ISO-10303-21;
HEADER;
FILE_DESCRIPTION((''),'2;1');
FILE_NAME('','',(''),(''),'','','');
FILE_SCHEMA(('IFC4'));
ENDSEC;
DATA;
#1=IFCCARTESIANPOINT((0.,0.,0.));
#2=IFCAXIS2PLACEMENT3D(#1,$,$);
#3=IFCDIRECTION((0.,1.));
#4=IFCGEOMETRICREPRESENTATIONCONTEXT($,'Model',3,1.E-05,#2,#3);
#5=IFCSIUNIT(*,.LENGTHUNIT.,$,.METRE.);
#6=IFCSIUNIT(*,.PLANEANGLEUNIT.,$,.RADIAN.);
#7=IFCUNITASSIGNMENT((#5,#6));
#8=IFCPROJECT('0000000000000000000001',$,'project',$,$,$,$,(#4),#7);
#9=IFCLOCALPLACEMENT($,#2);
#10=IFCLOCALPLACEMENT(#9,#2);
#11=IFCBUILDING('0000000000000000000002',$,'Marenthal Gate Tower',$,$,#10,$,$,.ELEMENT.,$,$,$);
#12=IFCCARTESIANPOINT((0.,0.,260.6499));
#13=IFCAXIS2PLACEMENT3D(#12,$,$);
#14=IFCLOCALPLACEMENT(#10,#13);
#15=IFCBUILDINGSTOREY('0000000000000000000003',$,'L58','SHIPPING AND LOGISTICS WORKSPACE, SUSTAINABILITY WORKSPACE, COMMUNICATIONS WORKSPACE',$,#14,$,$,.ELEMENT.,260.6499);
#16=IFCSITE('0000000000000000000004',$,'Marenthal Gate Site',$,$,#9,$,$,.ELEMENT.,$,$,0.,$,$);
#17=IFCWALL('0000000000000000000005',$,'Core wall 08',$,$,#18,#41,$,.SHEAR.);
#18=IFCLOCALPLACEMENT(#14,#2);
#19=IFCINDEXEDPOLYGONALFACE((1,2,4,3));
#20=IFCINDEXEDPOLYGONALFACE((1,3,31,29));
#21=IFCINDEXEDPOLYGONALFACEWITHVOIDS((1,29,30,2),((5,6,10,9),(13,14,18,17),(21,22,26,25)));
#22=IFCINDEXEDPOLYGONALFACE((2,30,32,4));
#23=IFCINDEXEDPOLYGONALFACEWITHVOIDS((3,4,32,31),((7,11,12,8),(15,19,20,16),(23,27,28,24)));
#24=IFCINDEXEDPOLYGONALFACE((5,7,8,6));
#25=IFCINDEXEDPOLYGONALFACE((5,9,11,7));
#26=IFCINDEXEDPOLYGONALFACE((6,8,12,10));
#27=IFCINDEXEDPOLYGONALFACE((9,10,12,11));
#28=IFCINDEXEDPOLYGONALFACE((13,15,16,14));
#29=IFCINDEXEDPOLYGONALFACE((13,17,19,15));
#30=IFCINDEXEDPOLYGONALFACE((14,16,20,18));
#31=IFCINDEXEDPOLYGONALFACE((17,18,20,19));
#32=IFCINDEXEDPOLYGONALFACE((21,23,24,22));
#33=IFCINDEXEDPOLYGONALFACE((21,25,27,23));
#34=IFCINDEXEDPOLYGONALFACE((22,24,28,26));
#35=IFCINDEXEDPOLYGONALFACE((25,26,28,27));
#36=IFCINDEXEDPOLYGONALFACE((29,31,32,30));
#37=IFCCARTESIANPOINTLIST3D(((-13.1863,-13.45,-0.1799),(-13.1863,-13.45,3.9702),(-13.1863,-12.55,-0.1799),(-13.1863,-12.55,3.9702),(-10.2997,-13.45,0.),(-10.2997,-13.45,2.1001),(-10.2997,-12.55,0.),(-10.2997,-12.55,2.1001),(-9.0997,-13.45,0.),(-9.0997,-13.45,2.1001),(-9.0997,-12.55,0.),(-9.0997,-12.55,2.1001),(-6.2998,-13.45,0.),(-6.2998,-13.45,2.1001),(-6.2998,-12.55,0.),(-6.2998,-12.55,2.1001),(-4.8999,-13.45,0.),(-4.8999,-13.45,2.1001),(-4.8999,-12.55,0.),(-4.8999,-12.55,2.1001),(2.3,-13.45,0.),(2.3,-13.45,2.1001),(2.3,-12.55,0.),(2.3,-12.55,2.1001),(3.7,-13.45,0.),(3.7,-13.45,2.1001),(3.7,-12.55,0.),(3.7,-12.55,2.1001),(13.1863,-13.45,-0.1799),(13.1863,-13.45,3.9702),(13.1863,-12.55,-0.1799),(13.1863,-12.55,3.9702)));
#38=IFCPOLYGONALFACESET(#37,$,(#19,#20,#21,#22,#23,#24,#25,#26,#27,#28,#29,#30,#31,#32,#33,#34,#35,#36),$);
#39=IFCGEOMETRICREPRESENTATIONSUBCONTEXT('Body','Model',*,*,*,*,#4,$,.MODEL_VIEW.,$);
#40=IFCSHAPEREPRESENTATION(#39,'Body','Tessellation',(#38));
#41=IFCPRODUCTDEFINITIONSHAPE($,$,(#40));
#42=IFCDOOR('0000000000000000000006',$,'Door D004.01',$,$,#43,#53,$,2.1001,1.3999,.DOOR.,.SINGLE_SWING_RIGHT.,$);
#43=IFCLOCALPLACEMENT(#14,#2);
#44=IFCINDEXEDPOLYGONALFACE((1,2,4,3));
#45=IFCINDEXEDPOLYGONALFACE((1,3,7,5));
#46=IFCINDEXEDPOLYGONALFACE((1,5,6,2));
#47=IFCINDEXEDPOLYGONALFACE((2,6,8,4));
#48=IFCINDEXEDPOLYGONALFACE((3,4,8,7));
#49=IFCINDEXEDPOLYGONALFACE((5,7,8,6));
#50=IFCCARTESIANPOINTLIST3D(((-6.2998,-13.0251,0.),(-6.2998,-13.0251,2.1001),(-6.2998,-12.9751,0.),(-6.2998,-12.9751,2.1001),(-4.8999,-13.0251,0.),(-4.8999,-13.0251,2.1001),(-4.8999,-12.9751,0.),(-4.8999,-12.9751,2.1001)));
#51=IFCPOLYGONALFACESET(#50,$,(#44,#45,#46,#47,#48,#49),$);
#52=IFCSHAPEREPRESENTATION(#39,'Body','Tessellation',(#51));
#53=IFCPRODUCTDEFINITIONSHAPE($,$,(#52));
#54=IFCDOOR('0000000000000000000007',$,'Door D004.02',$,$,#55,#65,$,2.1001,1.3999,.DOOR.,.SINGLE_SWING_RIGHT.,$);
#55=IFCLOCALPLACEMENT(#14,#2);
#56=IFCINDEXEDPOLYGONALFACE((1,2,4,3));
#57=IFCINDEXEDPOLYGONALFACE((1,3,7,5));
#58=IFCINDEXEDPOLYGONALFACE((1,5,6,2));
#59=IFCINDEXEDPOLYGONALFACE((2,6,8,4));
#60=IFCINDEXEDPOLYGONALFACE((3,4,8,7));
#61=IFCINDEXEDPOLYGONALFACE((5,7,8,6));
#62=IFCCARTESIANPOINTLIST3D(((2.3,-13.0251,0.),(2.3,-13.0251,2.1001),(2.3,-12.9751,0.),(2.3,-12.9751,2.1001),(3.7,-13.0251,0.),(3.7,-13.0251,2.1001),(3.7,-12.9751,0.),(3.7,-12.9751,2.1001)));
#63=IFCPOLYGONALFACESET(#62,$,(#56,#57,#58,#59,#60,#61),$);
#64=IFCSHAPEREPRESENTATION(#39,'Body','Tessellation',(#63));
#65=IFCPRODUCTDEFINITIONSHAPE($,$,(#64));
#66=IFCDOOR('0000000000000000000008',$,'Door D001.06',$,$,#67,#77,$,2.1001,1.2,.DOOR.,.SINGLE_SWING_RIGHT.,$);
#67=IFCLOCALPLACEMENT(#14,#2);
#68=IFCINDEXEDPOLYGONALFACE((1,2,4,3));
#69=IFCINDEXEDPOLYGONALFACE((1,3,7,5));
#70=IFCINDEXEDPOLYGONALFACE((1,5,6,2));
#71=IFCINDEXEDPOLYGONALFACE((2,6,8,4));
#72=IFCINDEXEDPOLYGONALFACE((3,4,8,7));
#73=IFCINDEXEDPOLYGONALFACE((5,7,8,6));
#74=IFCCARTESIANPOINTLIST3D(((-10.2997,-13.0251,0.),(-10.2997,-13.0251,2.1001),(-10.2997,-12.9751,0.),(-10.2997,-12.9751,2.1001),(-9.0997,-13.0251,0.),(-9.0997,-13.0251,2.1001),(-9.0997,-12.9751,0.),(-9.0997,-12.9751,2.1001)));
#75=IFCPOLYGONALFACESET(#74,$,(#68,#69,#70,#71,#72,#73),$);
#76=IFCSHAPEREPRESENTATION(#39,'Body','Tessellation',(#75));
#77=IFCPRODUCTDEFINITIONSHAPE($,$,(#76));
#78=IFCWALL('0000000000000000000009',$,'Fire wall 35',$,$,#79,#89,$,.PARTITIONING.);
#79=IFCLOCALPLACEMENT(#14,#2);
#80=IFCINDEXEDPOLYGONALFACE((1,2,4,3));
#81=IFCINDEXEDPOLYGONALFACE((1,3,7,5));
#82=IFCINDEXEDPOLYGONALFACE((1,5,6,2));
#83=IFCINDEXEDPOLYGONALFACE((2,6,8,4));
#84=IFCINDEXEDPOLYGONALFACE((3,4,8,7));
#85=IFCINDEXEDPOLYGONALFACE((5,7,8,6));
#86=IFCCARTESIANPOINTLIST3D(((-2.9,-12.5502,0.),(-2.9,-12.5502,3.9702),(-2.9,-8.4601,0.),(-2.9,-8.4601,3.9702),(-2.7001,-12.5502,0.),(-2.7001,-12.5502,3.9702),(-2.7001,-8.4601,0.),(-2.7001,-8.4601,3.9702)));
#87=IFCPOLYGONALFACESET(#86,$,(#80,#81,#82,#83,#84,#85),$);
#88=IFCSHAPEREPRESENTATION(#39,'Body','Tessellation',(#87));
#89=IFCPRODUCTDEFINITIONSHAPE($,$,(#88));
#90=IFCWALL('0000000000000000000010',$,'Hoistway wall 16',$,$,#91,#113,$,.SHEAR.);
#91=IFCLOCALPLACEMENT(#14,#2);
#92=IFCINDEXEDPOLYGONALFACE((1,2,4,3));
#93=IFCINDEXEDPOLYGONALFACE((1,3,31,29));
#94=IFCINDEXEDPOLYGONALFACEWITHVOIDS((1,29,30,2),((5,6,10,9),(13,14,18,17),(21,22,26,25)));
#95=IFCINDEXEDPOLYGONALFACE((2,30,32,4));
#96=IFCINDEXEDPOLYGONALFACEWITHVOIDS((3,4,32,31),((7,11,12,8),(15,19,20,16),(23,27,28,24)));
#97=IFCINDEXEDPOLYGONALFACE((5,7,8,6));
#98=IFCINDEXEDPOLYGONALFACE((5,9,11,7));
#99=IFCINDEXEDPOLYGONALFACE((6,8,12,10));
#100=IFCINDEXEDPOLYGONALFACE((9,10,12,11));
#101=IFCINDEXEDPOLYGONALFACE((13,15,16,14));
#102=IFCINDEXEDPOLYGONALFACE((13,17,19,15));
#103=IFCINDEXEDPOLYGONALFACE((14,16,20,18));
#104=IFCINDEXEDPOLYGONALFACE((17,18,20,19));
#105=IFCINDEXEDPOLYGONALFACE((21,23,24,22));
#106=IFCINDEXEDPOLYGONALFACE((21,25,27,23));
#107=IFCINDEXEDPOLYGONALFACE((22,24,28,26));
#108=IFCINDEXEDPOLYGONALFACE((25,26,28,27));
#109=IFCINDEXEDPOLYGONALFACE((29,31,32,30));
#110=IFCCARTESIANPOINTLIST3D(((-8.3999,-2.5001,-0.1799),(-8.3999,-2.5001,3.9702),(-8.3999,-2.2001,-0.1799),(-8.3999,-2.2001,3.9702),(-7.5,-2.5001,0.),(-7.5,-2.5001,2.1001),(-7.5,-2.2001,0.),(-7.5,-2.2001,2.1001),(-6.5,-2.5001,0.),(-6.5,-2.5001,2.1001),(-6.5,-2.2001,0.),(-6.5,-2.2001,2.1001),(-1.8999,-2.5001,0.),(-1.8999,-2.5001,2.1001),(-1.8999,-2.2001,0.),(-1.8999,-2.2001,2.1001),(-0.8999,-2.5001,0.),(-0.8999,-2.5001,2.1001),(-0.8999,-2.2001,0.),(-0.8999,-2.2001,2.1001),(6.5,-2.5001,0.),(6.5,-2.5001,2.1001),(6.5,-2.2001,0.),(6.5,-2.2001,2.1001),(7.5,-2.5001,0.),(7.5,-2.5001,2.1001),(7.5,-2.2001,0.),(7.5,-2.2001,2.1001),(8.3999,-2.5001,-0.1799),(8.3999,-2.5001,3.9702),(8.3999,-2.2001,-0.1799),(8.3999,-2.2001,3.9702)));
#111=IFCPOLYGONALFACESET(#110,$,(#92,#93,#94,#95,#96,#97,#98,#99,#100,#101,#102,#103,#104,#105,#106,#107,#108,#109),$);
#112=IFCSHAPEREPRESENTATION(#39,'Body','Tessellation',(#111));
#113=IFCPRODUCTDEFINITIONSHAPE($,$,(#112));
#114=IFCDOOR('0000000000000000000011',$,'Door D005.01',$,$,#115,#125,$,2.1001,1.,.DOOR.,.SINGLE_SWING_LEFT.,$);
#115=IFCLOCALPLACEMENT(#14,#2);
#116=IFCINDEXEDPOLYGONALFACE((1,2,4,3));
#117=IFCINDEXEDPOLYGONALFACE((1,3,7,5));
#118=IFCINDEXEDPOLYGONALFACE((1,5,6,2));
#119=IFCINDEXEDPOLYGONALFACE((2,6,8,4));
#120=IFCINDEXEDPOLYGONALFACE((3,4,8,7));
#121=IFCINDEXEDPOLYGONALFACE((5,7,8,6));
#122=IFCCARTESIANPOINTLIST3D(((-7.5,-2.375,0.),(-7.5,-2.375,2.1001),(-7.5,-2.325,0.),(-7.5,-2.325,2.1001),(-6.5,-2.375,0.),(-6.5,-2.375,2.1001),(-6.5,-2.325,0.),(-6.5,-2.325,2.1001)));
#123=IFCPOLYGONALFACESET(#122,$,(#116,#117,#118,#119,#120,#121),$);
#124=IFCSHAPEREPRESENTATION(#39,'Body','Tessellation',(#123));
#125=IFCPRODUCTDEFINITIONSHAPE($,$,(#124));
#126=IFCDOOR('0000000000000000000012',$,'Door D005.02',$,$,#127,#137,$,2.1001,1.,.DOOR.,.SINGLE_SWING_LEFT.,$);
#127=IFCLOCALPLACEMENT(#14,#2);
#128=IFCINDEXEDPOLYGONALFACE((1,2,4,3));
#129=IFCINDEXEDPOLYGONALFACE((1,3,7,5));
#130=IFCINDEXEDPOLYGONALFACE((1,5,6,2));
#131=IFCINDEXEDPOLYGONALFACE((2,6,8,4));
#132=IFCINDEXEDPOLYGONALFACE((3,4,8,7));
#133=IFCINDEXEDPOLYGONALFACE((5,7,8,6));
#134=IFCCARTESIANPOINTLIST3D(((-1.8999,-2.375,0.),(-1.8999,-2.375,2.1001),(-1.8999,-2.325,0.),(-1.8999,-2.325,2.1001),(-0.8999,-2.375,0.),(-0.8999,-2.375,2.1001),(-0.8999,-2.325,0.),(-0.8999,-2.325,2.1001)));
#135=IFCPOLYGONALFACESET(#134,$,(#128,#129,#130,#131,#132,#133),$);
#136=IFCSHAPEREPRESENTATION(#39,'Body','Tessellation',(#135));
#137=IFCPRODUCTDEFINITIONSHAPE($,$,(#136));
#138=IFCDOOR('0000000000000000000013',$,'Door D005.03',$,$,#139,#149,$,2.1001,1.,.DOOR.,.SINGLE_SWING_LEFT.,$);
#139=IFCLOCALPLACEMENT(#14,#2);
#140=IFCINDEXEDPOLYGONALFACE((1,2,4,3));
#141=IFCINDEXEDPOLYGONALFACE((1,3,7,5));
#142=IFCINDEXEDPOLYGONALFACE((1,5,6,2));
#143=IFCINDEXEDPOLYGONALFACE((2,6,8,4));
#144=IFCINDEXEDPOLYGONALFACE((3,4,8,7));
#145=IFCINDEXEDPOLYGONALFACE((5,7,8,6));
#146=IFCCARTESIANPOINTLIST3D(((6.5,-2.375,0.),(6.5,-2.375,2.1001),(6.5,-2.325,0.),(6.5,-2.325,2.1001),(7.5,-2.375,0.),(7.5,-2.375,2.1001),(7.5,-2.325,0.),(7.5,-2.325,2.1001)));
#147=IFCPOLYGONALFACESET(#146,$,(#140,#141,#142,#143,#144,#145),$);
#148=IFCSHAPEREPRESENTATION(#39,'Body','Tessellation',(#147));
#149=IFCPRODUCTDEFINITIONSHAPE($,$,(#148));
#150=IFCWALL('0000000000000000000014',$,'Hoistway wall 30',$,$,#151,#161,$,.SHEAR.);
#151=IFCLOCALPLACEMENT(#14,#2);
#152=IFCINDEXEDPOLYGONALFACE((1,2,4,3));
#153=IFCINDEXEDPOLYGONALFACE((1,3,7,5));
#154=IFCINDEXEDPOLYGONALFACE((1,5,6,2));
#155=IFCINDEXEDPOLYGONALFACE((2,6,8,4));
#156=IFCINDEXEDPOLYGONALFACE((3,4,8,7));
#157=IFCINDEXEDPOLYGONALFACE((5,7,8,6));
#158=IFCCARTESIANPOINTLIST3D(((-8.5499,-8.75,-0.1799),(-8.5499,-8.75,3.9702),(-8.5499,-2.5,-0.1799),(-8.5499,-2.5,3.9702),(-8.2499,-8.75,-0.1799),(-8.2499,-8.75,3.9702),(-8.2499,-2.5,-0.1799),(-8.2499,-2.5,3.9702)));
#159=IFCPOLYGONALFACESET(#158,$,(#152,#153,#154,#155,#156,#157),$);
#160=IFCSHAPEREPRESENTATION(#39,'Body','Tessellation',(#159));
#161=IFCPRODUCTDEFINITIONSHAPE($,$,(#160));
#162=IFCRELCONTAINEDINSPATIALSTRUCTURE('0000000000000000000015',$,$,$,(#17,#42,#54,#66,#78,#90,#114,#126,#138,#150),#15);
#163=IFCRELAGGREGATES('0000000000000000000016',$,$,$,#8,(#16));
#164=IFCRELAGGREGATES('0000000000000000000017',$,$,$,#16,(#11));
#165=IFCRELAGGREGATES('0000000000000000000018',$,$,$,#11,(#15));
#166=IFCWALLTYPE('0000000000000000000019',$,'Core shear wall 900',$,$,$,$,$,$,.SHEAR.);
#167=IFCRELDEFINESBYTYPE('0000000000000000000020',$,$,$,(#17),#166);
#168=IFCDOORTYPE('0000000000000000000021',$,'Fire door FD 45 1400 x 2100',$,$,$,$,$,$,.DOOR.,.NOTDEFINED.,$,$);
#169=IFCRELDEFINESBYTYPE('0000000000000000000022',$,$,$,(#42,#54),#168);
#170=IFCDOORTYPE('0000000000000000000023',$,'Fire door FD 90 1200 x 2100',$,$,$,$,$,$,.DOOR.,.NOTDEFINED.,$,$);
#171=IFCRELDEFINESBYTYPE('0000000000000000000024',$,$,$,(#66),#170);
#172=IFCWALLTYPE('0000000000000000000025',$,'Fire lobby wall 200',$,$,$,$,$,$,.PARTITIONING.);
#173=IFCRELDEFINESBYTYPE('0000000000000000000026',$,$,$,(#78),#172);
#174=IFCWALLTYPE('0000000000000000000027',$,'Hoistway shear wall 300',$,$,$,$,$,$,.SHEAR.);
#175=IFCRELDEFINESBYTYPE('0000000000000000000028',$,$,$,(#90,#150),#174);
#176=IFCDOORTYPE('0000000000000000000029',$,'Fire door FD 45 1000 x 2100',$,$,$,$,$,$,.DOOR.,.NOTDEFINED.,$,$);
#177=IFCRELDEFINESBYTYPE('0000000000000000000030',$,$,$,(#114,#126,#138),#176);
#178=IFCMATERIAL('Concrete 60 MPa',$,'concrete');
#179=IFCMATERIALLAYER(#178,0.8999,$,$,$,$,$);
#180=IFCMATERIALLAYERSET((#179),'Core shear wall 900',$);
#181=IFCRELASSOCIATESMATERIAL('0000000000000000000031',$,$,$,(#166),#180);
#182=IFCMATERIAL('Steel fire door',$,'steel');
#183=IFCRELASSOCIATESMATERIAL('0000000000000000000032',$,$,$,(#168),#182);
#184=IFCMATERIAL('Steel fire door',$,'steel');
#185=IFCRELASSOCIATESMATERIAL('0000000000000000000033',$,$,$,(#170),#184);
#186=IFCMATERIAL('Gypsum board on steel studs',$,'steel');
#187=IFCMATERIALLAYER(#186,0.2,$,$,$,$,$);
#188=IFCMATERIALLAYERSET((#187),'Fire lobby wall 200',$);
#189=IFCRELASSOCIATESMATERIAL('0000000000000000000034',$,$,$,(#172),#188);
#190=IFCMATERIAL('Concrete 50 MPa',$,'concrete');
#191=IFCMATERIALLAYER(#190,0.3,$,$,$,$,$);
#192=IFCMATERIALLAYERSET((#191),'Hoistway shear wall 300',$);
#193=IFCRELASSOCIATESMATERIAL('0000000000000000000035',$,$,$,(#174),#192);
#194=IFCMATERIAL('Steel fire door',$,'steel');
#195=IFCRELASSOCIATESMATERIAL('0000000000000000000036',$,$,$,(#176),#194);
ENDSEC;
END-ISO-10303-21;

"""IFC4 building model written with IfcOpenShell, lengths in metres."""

from ifc_helpers import new_model, si_unit, direction, frame, frame_2d, origin, place, context, subcontext, project, spatial, rectangle, extrude, material, layer, layer_set, type_object, element, fill, save


model = new_model("IFC4")

# Units and contexts
model_context = context("Model", 3, precision=1e-05, world=origin(), true_north=direction((0.0, 1.0)))
body_context = subcontext(model_context, "Body", "Model", "MODEL_VIEW")
ifc_project = project(units=[si_unit("LENGTHUNIT", "METRE"), si_unit("PLANEANGLEUNIT", "RADIAN")], contexts=[model_context])

# Site, building, storey
site_placement = place(None, origin())
site = spatial("IfcSite", under=ifc_project, at=site_placement, Name="Marenthal Gate Site", CompositionType="ELEMENT", RefElevation=0.0)
building_placement = place(site_placement, origin())
building = spatial("IfcBuilding", under=site, at=building_placement, Name="Marenthal Gate Tower", CompositionType="ELEMENT")
storey_placement = place(building_placement, frame((0.0, 0.0, 260.6499)))
storey = spatial("IfcBuildingStorey", under=building, at=storey_placement, Name="L58", Description="SHIPPING AND LOGISTICS WORKSPACE, SUSTAINABILITY WORKSPACE, COMMUNICATIONS WORKSPACE", CompositionType="ELEMENT", Elevation=260.6499)

# Wall, openings, doors
ifc_material_1 = material(Name="Concrete 60 MPa", Category="concrete")
ifc_layer_1 = layer(ifc_material_1, 0.8999)
ifc_layer_set_1 = layer_set([ifc_layer_1], Name="Core shear wall 900")
wall_type_1 = type_object("IfcWallType", Name="Core shear wall 900", PredefinedType="SHEAR", material=ifc_layer_set_1)
wall_1_placement = place(storey_placement, frame((-13.1863, -13.0, -0.1799), z_axis=(0.0, 0.0, 1.0), x_axis=(1.0, 0.0, 0.0)))
wall_1 = element("IfcWall", 1, at=wall_1_placement, inside=storey, type_object=wall_type_1, Name="Core wall 08", PredefinedType="SHEAR", context=body_context, shape_type="SweptSolid", body=[
    extrude(rectangle(XDim=26.3726, YDim=0.8999, at=frame_2d((13.1863, 0.0))), origin(), (0.0, 0.0, 1.0), 4.1501),
])
opening_1_placement = place(wall_1_placement, frame((2.8865, 0.0, 0.1799)))
opening_1 = element("IfcOpeningElement", 2, at=opening_1_placement, cuts=wall_1, PredefinedType="OPENING", context=body_context, shape_type="SweptSolid", body=[
    extrude(rectangle(XDim=1.2, YDim=2.1001, at=frame_2d((0.6001, 1.05))), frame((0.0, 0.46, 0.0), z_axis=(0.0, -1.0, 0.0), x_axis=(1.0, 0.0, 0.0)), (0.0, 0.0, 1.0), 0.9199),
])
opening_2_placement = place(wall_1_placement, frame((6.8865, 0.0, 0.1799)))
opening_2 = element("IfcOpeningElement", 3, at=opening_2_placement, cuts=wall_1, PredefinedType="OPENING", context=body_context, shape_type="SweptSolid", body=[
    extrude(rectangle(XDim=1.3999, YDim=2.1001, at=frame_2d((0.7, 1.05))), frame((0.0, 0.46, 0.0), z_axis=(0.0, -1.0, 0.0), x_axis=(1.0, 0.0, 0.0)), (0.0, 0.0, 1.0), 0.9199),
])
opening_3_placement = place(wall_1_placement, frame((15.4863, 0.0, 0.1799)))
opening_3 = element("IfcOpeningElement", 4, at=opening_3_placement, cuts=wall_1, PredefinedType="OPENING", context=body_context, shape_type="SweptSolid", body=[
    extrude(rectangle(XDim=1.3999, YDim=2.1001, at=frame_2d((0.7, 1.05))), frame((0.0, 0.46, 0.0), z_axis=(0.0, -1.0, 0.0), x_axis=(1.0, 0.0, 0.0)), (0.0, 0.0, 1.0), 0.9199),
])
ifc_material_2 = material(Name="Steel fire door", Category="steel")
door_type_1 = type_object("IfcDoorType", Name="Fire door FD 45 1400 x 2100", OperationType="NOTDEFINED", PredefinedType="DOOR", material=ifc_material_2)
door_1_placement = place(opening_2_placement, origin())
door_1 = element("IfcDoor", 5, at=door_1_placement, inside=storey, type_object=door_type_1, Name="Door D004.01", OperationType="SINGLE_SWING_RIGHT", OverallHeight=2.1001, OverallWidth=1.3999, PredefinedType="DOOR", context=body_context, shape_type="SweptSolid", body=[
    extrude(rectangle(XDim=1.3999, YDim=2.1001, at=frame_2d((0.7, 1.05))), frame((0.0, 0.0249, 0.0), z_axis=(0.0, -1.0, 0.0), x_axis=(1.0, 0.0, 0.0)), (0.0, 0.0, 1.0), 0.05),
])
fill(opening_2, door_1)
door_2_placement = place(opening_3_placement, origin())
door_2 = element("IfcDoor", 6, at=door_2_placement, inside=storey, type_object=door_type_1, Name="Door D004.02", OperationType="SINGLE_SWING_RIGHT", OverallHeight=2.1001, OverallWidth=1.3999, PredefinedType="DOOR", context=body_context, shape_type="SweptSolid", body=[
    extrude(rectangle(XDim=1.3999, YDim=2.1001, at=frame_2d((0.7, 1.05))), frame((0.0, 0.0249, 0.0), z_axis=(0.0, -1.0, 0.0), x_axis=(1.0, 0.0, 0.0)), (0.0, 0.0, 1.0), 0.05),
])
fill(opening_3, door_2)
ifc_material_3 = material(Name="Steel fire door", Category="steel")
door_type_2 = type_object("IfcDoorType", Name="Fire door FD 90 1200 x 2100", OperationType="NOTDEFINED", PredefinedType="DOOR", material=ifc_material_3)
door_3_placement = place(opening_1_placement, origin())
door_3 = element("IfcDoor", 7, at=door_3_placement, inside=storey, type_object=door_type_2, Name="Door D001.06", OperationType="SINGLE_SWING_RIGHT", OverallHeight=2.1001, OverallWidth=1.2, PredefinedType="DOOR", context=body_context, shape_type="SweptSolid", body=[
    extrude(rectangle(XDim=1.2, YDim=2.1001, at=frame_2d((0.6001, 1.05))), frame((0.0, 0.0249, 0.0), z_axis=(0.0, -1.0, 0.0), x_axis=(1.0, 0.0, 0.0)), (0.0, 0.0, 1.0), 0.05),
])
fill(opening_1, door_3)

# Wall
ifc_material_4 = material(Name="Gypsum board on steel studs", Category="steel")
ifc_layer_2 = layer(ifc_material_4, 0.2)
ifc_layer_set_2 = layer_set([ifc_layer_2], Name="Fire lobby wall 200")
wall_type_2 = type_object("IfcWallType", Name="Fire lobby wall 200", PredefinedType="PARTITIONING", material=ifc_layer_set_2)
wall_2_placement = place(storey_placement, frame((-2.8, -12.55, 0.0), z_axis=(0.0, 0.0, 1.0), x_axis=(0.0, 1.0, 0.0)))
element("IfcWall", 8, at=wall_2_placement, inside=storey, type_object=wall_type_2, Name="Fire wall 35", PredefinedType="PARTITIONING", context=body_context, shape_type="SweptSolid", body=[
    extrude(rectangle(XDim=4.0901, YDim=0.2, at=frame_2d((2.0449, 0.0))), origin(), (0.0, 0.0, 1.0), 3.9702),
])

# Wall, openings, doors
ifc_material_5 = material(Name="Concrete 50 MPa", Category="concrete")
ifc_layer_3 = layer(ifc_material_5, 0.3)
ifc_layer_set_3 = layer_set([ifc_layer_3], Name="Hoistway shear wall 300")
wall_type_3 = type_object("IfcWallType", Name="Hoistway shear wall 300", PredefinedType="SHEAR", material=ifc_layer_set_3)
wall_3_placement = place(storey_placement, frame((-8.3999, -2.3501, -0.1799), z_axis=(0.0, 0.0, 1.0), x_axis=(1.0, 0.0, 0.0)))
wall_3 = element("IfcWall", 9, at=wall_3_placement, inside=storey, type_object=wall_type_3, Name="Hoistway wall 16", PredefinedType="SHEAR", context=body_context, shape_type="SweptSolid", body=[
    extrude(rectangle(XDim=16.7998, YDim=0.3, at=frame_2d((8.3999, 0.0))), origin(), (0.0, 0.0, 1.0), 4.1501),
])
opening_4_placement = place(wall_3_placement, frame((0.8999, 0.0, 0.1799)))
opening_4 = element("IfcOpeningElement", 10, at=opening_4_placement, cuts=wall_3, PredefinedType="OPENING", context=body_context, shape_type="SweptSolid", body=[
    extrude(rectangle(XDim=1.0, YDim=2.1001, at=frame_2d((0.5, 1.05))), frame((0.0, 0.1602, 0.0), z_axis=(0.0, -1.0, 0.0), x_axis=(1.0, 0.0, 0.0)), (0.0, 0.0, 1.0), 0.3201),
])
opening_5_placement = place(wall_3_placement, frame((6.5, 0.0, 0.1799)))
opening_5 = element("IfcOpeningElement", 11, at=opening_5_placement, cuts=wall_3, PredefinedType="OPENING", context=body_context, shape_type="SweptSolid", body=[
    extrude(rectangle(XDim=1.0, YDim=2.1001, at=frame_2d((0.5, 1.05))), frame((0.0, 0.1602, 0.0), z_axis=(0.0, -1.0, 0.0), x_axis=(1.0, 0.0, 0.0)), (0.0, 0.0, 1.0), 0.3201),
])
opening_6_placement = place(wall_3_placement, frame((14.8999, 0.0, 0.1799)))
opening_6 = element("IfcOpeningElement", 12, at=opening_6_placement, cuts=wall_3, PredefinedType="OPENING", context=body_context, shape_type="SweptSolid", body=[
    extrude(rectangle(XDim=1.0, YDim=2.1001, at=frame_2d((0.5, 1.05))), frame((0.0, 0.1602, 0.0), z_axis=(0.0, -1.0, 0.0), x_axis=(1.0, 0.0, 0.0)), (0.0, 0.0, 1.0), 0.3201),
])
ifc_material_6 = material(Name="Steel fire door", Category="steel")
door_type_3 = type_object("IfcDoorType", Name="Fire door FD 45 1000 x 2100", OperationType="NOTDEFINED", PredefinedType="DOOR", material=ifc_material_6)
door_4_placement = place(opening_4_placement, frame((1.0, 0.0, 0.0), z_axis=(0.0, 0.0, 1.0), x_axis=(-1.0, 0.0, 0.0)))
door_4 = element("IfcDoor", 13, at=door_4_placement, inside=storey, type_object=door_type_3, Name="Door D005.01", OperationType="SINGLE_SWING_LEFT", OverallHeight=2.1001, OverallWidth=1.0, PredefinedType="DOOR", context=body_context, shape_type="SweptSolid", body=[
    extrude(rectangle(XDim=1.0, YDim=2.1001, at=frame_2d((0.5, 1.05))), frame((0.0, 0.0249, 0.0), z_axis=(0.0, -1.0, 0.0), x_axis=(1.0, 0.0, 0.0)), (0.0, 0.0, 1.0), 0.05),
])
fill(opening_4, door_4)
door_5_placement = place(opening_5_placement, frame((1.0, 0.0, 0.0), z_axis=(0.0, 0.0, 1.0), x_axis=(-1.0, 0.0, 0.0)))
door_5 = element("IfcDoor", 14, at=door_5_placement, inside=storey, type_object=door_type_3, Name="Door D005.02", OperationType="SINGLE_SWING_LEFT", OverallHeight=2.1001, OverallWidth=1.0, PredefinedType="DOOR", context=body_context, shape_type="SweptSolid", body=[
    extrude(rectangle(XDim=1.0, YDim=2.1001, at=frame_2d((0.5, 1.05))), frame((0.0, 0.0249, 0.0), z_axis=(0.0, -1.0, 0.0), x_axis=(1.0, 0.0, 0.0)), (0.0, 0.0, 1.0), 0.05),
])
fill(opening_5, door_5)
door_6_placement = place(opening_6_placement, frame((1.0, 0.0, 0.0), z_axis=(0.0, 0.0, 1.0), x_axis=(-1.0, 0.0, 0.0)))
door_6 = element("IfcDoor", 15, at=door_6_placement, inside=storey, type_object=door_type_3, Name="Door D005.03", OperationType="SINGLE_SWING_LEFT", OverallHeight=2.1001, OverallWidth=1.0, PredefinedType="DOOR", context=body_context, shape_type="SweptSolid", body=[
    extrude(rectangle(XDim=1.0, YDim=2.1001, at=frame_2d((0.5, 1.05))), frame((0.0, 0.0249, 0.0), z_axis=(0.0, -1.0, 0.0), x_axis=(1.0, 0.0, 0.0)), (0.0, 0.0, 1.0), 0.05),
])
fill(opening_6, door_6)

# Wall
wall_4_placement = place(storey_placement, frame((-8.3999, -8.75, -0.1799), z_axis=(0.0, 0.0, 1.0), x_axis=(0.0, 1.0, 0.0)))
element("IfcWall", 16, at=wall_4_placement, inside=storey, type_object=wall_type_3, Name="Hoistway wall 30", PredefinedType="SHEAR", context=body_context, shape_type="SweptSolid", body=[
    extrude(rectangle(XDim=6.25, YDim=0.3, at=frame_2d((3.125, 0.0))), origin(), (0.0, 0.0, 1.0), 4.1501),
])

save(model, "model.ifc")
